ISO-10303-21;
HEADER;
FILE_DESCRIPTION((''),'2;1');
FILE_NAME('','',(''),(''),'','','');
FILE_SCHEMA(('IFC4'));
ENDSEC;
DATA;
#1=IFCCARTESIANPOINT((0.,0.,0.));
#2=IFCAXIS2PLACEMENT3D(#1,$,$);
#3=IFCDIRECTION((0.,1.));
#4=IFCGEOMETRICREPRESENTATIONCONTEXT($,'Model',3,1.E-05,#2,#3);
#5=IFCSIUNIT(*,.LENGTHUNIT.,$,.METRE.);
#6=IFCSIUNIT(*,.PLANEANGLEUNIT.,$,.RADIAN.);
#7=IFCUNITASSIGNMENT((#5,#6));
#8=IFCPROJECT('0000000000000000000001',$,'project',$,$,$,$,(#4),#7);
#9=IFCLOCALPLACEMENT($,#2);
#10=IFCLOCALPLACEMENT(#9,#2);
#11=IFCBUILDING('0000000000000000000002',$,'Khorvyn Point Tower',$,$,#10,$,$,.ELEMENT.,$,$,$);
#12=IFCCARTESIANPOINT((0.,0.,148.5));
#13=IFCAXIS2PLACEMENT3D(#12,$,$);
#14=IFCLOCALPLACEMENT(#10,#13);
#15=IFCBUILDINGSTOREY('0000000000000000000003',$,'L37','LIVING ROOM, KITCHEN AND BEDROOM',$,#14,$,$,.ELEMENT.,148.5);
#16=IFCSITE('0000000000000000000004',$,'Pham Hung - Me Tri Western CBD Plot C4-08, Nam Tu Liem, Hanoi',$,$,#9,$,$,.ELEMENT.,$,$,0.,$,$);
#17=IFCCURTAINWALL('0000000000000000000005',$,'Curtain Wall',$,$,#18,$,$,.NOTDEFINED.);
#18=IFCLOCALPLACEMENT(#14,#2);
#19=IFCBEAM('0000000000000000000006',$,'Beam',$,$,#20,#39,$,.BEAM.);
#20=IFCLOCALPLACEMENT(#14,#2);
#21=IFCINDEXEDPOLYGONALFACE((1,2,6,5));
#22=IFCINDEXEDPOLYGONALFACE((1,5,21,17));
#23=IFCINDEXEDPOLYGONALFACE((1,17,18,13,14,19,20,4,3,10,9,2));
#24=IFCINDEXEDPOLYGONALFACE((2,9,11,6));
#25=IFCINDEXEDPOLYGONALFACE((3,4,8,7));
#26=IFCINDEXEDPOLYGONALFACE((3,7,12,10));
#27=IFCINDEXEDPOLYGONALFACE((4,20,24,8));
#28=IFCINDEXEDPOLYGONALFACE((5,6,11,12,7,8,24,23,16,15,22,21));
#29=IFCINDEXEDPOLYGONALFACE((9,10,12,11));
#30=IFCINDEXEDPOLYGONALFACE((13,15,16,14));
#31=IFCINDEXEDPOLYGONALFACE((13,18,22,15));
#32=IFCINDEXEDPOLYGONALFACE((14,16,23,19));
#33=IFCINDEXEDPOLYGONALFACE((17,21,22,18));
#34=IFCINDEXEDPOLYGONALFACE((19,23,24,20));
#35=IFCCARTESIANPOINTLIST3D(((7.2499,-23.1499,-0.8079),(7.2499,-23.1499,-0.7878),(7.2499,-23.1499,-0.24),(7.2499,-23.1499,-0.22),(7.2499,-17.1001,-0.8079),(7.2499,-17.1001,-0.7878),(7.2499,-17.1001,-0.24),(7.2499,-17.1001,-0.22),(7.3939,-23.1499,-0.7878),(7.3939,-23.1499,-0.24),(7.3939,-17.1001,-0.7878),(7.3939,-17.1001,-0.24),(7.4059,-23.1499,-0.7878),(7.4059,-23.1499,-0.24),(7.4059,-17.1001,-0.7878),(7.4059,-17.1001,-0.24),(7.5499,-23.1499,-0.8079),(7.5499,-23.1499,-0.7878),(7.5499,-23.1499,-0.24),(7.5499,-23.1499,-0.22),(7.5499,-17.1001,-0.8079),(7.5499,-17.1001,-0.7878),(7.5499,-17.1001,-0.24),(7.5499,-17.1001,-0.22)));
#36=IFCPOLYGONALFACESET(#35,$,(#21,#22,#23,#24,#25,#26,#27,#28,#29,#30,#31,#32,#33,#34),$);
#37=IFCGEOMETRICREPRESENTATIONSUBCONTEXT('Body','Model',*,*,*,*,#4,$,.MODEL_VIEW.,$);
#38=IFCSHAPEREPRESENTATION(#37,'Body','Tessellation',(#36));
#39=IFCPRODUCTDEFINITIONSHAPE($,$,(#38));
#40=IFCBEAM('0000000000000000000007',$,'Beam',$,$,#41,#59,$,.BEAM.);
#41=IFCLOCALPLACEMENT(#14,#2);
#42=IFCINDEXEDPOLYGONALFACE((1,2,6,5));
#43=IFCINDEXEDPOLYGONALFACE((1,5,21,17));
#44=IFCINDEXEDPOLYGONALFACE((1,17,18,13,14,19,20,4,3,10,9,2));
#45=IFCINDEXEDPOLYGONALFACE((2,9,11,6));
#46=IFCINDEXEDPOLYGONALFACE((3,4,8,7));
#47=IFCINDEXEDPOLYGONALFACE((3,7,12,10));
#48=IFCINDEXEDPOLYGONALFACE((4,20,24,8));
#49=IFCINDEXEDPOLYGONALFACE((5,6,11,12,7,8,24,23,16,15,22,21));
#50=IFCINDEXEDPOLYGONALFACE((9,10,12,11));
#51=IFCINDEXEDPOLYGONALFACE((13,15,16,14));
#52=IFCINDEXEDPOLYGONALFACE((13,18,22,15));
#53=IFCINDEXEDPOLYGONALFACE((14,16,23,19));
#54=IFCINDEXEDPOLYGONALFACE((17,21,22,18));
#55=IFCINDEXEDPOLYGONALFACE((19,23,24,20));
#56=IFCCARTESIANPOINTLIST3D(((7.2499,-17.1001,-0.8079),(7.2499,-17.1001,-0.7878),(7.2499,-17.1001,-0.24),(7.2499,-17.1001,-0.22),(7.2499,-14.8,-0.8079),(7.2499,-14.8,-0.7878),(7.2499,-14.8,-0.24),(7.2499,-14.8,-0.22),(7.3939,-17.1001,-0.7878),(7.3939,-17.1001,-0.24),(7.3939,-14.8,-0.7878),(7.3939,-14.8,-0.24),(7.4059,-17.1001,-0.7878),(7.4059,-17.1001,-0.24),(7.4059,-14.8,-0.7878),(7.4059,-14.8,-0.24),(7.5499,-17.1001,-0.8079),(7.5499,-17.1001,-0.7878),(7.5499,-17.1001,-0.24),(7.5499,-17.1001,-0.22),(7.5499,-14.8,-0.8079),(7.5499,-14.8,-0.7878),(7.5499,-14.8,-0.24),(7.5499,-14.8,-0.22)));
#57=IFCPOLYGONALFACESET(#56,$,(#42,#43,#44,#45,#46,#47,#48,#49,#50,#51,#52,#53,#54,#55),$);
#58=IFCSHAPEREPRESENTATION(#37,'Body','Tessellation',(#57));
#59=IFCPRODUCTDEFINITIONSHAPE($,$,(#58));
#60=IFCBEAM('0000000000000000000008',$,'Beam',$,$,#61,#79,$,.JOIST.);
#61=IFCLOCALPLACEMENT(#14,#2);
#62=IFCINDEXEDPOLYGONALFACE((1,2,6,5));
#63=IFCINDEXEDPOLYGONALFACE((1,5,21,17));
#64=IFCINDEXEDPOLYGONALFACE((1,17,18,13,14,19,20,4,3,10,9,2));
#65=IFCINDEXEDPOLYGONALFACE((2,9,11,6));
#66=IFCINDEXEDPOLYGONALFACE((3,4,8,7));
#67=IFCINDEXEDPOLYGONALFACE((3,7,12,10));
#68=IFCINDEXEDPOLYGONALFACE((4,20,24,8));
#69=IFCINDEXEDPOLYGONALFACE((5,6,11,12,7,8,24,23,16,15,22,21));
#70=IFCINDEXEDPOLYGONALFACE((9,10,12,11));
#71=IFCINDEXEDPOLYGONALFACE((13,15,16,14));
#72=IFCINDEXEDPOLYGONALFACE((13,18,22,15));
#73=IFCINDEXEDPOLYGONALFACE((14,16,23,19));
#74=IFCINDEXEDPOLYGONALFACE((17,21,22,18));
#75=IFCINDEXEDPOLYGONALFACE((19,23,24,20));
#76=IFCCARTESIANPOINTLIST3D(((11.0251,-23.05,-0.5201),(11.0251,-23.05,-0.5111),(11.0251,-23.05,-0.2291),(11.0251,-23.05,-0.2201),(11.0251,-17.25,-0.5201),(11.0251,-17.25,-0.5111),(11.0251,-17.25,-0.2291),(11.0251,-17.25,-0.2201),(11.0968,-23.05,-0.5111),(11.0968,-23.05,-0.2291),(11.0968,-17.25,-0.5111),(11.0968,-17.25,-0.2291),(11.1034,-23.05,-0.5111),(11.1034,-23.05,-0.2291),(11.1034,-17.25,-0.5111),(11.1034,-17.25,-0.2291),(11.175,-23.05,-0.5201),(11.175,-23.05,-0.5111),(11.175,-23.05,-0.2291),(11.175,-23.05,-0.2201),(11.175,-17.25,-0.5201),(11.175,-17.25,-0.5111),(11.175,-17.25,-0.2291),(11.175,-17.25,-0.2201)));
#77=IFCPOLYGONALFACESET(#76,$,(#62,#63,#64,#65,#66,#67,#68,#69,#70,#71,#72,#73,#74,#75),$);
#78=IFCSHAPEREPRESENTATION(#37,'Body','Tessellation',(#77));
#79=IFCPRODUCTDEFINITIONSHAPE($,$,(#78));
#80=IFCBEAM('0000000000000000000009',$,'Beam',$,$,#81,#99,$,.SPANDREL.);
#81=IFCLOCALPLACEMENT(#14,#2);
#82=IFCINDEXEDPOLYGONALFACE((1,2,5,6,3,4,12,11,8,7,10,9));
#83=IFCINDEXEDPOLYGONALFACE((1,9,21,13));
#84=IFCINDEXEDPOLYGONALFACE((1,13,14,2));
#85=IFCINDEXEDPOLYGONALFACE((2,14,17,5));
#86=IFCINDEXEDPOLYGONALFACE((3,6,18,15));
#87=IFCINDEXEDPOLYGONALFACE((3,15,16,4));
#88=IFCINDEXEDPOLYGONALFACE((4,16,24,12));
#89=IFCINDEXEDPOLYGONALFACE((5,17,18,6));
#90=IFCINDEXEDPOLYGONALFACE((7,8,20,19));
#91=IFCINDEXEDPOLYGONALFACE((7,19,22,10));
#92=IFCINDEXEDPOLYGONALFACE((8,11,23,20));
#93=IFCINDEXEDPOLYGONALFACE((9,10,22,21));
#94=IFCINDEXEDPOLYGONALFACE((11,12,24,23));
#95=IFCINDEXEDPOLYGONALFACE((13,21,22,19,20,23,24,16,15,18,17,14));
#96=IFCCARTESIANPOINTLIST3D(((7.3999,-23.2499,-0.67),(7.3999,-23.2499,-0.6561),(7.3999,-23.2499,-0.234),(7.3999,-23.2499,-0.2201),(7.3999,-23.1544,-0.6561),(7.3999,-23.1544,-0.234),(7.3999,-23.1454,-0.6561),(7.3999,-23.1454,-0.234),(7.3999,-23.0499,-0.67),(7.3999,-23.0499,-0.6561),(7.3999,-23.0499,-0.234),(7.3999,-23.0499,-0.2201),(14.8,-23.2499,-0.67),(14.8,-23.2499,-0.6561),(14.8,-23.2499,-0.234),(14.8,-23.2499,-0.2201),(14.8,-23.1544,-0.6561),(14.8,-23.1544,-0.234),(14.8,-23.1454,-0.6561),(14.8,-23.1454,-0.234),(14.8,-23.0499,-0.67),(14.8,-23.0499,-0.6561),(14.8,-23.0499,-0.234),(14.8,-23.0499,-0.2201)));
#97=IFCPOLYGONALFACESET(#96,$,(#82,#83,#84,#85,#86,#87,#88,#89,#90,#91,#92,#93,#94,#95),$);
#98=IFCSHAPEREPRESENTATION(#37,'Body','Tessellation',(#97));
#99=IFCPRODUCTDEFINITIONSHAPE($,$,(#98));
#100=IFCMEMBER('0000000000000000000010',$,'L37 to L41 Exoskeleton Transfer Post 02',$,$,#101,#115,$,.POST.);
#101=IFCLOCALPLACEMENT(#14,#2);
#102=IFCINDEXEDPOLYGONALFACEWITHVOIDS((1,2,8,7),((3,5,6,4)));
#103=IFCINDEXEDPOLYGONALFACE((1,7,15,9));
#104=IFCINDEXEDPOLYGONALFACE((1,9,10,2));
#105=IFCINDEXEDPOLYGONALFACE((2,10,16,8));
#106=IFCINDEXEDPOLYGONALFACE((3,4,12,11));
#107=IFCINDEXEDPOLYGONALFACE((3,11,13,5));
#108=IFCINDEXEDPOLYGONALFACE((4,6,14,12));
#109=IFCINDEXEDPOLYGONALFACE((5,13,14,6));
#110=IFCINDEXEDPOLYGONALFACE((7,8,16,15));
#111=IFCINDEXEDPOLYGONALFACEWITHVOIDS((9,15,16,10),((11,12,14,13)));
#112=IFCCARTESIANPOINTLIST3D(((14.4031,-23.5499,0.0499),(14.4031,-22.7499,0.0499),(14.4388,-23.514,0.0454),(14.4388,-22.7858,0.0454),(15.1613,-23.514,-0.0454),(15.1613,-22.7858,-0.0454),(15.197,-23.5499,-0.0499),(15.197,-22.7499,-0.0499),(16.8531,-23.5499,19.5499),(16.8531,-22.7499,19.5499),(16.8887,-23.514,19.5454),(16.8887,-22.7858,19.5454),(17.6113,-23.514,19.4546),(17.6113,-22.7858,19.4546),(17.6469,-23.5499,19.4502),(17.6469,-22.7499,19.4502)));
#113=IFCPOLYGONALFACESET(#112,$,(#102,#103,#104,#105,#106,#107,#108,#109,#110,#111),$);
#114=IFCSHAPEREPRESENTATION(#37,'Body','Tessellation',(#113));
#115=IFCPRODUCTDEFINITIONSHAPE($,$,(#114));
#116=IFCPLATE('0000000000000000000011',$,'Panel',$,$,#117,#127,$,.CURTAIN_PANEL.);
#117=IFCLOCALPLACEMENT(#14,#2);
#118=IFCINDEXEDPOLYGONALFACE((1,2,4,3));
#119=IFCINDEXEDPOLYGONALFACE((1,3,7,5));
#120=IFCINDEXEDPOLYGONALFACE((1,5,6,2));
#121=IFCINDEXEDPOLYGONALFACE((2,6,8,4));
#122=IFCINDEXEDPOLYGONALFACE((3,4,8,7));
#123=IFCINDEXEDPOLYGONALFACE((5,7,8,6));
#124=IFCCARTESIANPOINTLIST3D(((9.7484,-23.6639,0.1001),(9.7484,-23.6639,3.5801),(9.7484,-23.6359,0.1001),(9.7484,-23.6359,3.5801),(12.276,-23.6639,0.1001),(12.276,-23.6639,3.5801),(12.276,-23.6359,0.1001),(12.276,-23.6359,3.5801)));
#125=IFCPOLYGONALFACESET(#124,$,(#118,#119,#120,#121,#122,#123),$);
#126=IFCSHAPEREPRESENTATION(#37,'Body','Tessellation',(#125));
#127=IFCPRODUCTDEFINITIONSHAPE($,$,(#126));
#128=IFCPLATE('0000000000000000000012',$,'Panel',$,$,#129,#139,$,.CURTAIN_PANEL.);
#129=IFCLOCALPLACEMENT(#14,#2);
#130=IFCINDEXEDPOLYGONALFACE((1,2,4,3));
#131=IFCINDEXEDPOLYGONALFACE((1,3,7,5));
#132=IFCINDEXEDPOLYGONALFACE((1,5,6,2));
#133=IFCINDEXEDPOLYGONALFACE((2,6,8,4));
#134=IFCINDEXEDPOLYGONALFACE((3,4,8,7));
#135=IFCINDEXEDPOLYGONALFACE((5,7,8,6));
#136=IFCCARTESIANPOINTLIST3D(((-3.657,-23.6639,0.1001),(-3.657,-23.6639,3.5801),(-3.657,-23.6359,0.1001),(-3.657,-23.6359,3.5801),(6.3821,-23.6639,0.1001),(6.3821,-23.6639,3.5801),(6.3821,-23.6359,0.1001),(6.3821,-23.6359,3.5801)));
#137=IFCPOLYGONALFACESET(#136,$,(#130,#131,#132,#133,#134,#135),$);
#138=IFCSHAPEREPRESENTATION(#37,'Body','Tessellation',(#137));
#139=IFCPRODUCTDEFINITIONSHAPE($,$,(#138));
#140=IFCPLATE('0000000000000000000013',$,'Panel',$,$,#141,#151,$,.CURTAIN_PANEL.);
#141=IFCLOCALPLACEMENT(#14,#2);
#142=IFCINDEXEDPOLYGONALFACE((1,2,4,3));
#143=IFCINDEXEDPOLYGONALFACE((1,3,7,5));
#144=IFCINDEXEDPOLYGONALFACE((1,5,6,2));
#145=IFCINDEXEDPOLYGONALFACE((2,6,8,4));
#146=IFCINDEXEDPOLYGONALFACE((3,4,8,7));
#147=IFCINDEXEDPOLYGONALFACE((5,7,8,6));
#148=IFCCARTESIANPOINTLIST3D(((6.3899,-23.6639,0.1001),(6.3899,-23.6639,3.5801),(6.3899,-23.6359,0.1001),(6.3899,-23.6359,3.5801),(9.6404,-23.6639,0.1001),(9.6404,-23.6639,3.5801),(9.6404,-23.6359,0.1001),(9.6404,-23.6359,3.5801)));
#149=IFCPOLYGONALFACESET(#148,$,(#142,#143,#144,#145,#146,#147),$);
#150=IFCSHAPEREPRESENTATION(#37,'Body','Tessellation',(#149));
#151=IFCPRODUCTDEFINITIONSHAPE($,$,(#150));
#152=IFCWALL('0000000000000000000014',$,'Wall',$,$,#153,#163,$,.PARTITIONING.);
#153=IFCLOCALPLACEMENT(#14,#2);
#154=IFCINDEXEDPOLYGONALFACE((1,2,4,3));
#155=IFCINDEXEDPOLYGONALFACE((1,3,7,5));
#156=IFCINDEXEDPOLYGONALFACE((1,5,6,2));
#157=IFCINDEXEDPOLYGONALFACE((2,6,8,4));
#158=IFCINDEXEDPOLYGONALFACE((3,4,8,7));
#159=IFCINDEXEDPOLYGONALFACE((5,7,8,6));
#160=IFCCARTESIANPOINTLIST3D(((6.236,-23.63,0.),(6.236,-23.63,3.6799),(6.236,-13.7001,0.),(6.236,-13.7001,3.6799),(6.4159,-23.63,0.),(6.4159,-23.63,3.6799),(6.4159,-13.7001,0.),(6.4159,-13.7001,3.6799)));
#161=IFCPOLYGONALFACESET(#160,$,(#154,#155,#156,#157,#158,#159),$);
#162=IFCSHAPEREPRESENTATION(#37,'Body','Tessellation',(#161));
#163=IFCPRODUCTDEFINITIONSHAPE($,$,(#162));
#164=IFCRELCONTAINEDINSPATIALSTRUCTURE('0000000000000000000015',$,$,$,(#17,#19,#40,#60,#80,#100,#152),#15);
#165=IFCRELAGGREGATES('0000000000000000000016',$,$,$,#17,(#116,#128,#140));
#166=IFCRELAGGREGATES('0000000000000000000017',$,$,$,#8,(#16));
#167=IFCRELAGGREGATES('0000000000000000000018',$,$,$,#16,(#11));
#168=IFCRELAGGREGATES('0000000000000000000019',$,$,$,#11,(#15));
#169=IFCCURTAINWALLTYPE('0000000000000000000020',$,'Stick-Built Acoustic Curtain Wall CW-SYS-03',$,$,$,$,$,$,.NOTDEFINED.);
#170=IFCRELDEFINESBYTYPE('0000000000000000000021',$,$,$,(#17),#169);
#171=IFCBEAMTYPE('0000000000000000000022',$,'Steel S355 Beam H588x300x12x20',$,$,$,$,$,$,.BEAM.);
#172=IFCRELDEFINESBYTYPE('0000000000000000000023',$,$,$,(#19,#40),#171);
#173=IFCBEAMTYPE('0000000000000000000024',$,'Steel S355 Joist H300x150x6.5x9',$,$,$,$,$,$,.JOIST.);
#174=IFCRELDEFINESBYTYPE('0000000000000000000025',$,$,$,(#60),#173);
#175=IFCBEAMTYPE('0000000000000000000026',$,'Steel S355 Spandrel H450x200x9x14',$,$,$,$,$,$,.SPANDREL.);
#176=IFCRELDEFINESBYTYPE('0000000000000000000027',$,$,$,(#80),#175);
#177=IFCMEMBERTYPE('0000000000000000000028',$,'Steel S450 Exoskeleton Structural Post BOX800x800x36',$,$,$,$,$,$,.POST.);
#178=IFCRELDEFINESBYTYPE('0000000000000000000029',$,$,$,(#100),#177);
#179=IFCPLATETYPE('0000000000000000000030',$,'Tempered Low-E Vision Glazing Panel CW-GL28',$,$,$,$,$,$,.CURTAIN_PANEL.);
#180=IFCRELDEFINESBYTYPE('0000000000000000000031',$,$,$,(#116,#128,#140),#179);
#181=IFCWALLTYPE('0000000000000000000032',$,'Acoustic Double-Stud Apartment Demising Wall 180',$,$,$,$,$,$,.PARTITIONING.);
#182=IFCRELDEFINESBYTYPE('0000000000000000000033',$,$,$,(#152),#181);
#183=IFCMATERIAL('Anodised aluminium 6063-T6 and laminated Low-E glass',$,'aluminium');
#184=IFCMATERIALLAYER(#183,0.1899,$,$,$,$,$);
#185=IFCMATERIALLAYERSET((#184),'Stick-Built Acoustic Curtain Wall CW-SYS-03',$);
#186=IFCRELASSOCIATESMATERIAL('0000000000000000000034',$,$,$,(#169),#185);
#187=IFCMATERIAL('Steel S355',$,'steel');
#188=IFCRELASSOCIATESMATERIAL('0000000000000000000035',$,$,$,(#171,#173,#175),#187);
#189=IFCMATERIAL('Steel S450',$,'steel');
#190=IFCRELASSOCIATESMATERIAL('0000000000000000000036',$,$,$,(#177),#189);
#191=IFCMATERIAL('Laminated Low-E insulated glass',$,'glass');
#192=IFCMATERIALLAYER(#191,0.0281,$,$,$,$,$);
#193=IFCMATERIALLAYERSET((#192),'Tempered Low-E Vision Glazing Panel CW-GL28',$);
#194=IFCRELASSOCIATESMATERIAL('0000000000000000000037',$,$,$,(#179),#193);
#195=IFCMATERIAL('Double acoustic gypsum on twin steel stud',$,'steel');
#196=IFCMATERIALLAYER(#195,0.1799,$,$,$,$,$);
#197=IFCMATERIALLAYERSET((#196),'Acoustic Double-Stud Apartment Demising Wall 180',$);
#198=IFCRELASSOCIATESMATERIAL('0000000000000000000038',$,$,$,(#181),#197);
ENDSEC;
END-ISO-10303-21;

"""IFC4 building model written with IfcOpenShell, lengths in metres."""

from ifc_helpers import new_model, si_unit, direction, frame, frame_2d, origin, origin_2d, place, context, subcontext, project, spatial, rectangle, hollow_rectangle, i_section, extrude, material, layer, layer_set, material_profile, profile_set, type_object, element, aggregate, save


model = new_model("IFC4")

# Units and contexts
model_context = context("Model", 3, precision=1e-05, world=origin(), true_north=direction((0.0, 1.0)))
body_context = subcontext(model_context, "Body", "Model", "MODEL_VIEW")
ifc_project = project(units=[si_unit("LENGTHUNIT", "METRE"), si_unit("PLANEANGLEUNIT", "RADIAN")], contexts=[model_context])

# Site, building, storey
site_placement = place(None, origin())
site = spatial("IfcSite", under=ifc_project, at=site_placement, Name="Pham Hung - Me Tri Western CBD Plot C4-08, Nam Tu Liem, Hanoi", CompositionType="ELEMENT", RefElevation=0.0)
building_placement = place(site_placement, origin())
building = spatial("IfcBuilding", under=site, at=building_placement, Name="Khorvyn Point Tower", CompositionType="ELEMENT")
storey_placement = place(building_placement, frame((0.0, 0.0, 148.5)))
storey = spatial("IfcBuildingStorey", under=building, at=storey_placement, Name="L37", Description="LIVING ROOM, KITCHEN AND BEDROOM", CompositionType="ELEMENT", Elevation=148.5)

# Shared definitions
ifc_material_1 = material(Name="Steel S450", Category="steel")

# Curtain wall
ifc_material_2 = material(Name="Anodised aluminium 6063-T6 and laminated Low-E glass", Category="aluminium")
ifc_layer_1 = layer(ifc_material_2, 0.1899)
ifc_layer_set_1 = layer_set([ifc_layer_1], Name="Stick-Built Acoustic Curtain Wall CW-SYS-03")
curtain_wall_type = type_object("IfcCurtainWallType", Name="Stick-Built Acoustic Curtain Wall CW-SYS-03", PredefinedType="NOTDEFINED", material=ifc_layer_set_1)
curtain_wall_placement = place(storey_placement, origin())
curtain_wall = element("IfcCurtainWall", 1, at=curtain_wall_placement, inside=storey, type_object=curtain_wall_type, Name="Curtain Wall", PredefinedType="NOTDEFINED")

# Beams
ifc_material_3 = material(Name="Steel S355", Category="steel")
ifc_material_profile_1 = material_profile(ifc_material_3, i_section(OverallWidth=0.3, OverallDepth=0.5879, WebThickness=0.012, FlangeThickness=0.02, at=origin_2d()))
ifc_profile_set_1 = profile_set([ifc_material_profile_1], Name="Steel S355 H588x300x12x20")
beam_type_1 = type_object("IfcBeamType", Name="Steel S355 Beam H588x300x12x20", PredefinedType="BEAM", material=ifc_profile_set_1)
beam_1_placement = place(storey_placement, frame((7.3999, -23.1499, -0.5139), z_axis=(0.0, 1.0, 0.0), x_axis=(-1.0, 0.0, 0.0)))
element("IfcBeam", 2, at=beam_1_placement, inside=storey, type_object=beam_type_1, Name="Beam", PredefinedType="BEAM", context=body_context, shape_type="SweptSolid", body=[
    extrude(i_section(OverallWidth=0.3, OverallDepth=0.5879, WebThickness=0.012, FlangeThickness=0.02, at=origin_2d()), origin(), (0.0, 0.0, 1.0), 6.0498),
])
beam_2_placement = place(storey_placement, frame((7.3999, -17.1001, -0.5139), z_axis=(0.0, 1.0, 0.0), x_axis=(-1.0, 0.0, 0.0)))
element("IfcBeam", 3, at=beam_2_placement, inside=storey, type_object=beam_type_1, Name="Beam", PredefinedType="BEAM", context=body_context, shape_type="SweptSolid", body=[
    extrude(i_section(OverallWidth=0.3, OverallDepth=0.5879, WebThickness=0.012, FlangeThickness=0.02, at=origin_2d()), origin(), (0.0, 0.0, 1.0), 2.3),
])
ifc_material_profile_2 = material_profile(ifc_material_3, i_section(OverallWidth=0.1499, OverallDepth=0.3, WebThickness=0.0066, FlangeThickness=0.009, at=origin_2d()))
ifc_profile_set_2 = profile_set([ifc_material_profile_2], Name="Steel S355 H300x150x6.5x9")
beam_type_2 = type_object("IfcBeamType", Name="Steel S355 Joist H300x150x6.5x9", PredefinedType="JOIST", material=ifc_profile_set_2)
beam_3_placement = place(storey_placement, frame((11.1001, -23.05, -0.3701), z_axis=(0.0, 1.0, 0.0), x_axis=(-1.0, 0.0, 0.0)))
element("IfcBeam", 4, at=beam_3_placement, inside=storey, type_object=beam_type_2, Name="Beam", PredefinedType="JOIST", context=body_context, shape_type="SweptSolid", body=[
    extrude(i_section(OverallWidth=0.1499, OverallDepth=0.3, WebThickness=0.0066, FlangeThickness=0.009, at=origin_2d()), origin(), (0.0, 0.0, 1.0), 5.8),
])
ifc_material_profile_3 = material_profile(ifc_material_3, i_section(OverallWidth=0.2, OverallDepth=0.45, WebThickness=0.009, FlangeThickness=0.0139, at=origin_2d()))
ifc_profile_set_3 = profile_set([ifc_material_profile_3], Name="Steel S355 H450x200x9x14")
beam_type_3 = type_object("IfcBeamType", Name="Steel S355 Spandrel H450x200x9x14", PredefinedType="SPANDREL", material=ifc_profile_set_3)
beam_4_placement = place(storey_placement, frame((7.3999, -23.1499, -0.4451), z_axis=(1.0, 0.0, 0.0), x_axis=(0.0, 1.0, 0.0)))
element("IfcBeam", 5, at=beam_4_placement, inside=storey, type_object=beam_type_3, Name="Beam", PredefinedType="SPANDREL", context=body_context, shape_type="SweptSolid", body=[
    extrude(i_section(OverallWidth=0.2, OverallDepth=0.45, WebThickness=0.009, FlangeThickness=0.0139, at=origin_2d()), origin(), (0.0, 0.0, 1.0), 7.4001),
])

# Member
ifc_material_profile_4 = material_profile(ifc_material_1, hollow_rectangle(XDim=0.8, YDim=0.8, WallThickness=0.0359, at=origin_2d()))
ifc_profile_set_4 = profile_set([ifc_material_profile_4], Name="Steel S450 BOX800x800x36")
member_type_1 = type_object("IfcMemberType", Name="Steel S450 Exoskeleton Structural Post BOX800x800x36", PredefinedType="POST", material=ifc_profile_set_4)
member_1_placement = place(storey_placement, frame((14.8, -23.1499, 0.0), z_axis=(0.124659, 0.0, 0.9922), x_axis=(0.0, 1.0, 0.0)))
element("IfcMember", 6, at=member_1_placement, inside=storey, type_object=member_type_1, Name="L37 to L41 Exoskeleton Transfer Post 02", PredefinedType="POST", context=body_context, shape_type="SweptSolid", body=[
    extrude(hollow_rectangle(XDim=0.8, YDim=0.8, WallThickness=0.0359, at=origin_2d()), origin(), (0.0, 0.0, 1.0), 19.6533),
])

# Plates
ifc_material_4 = material(Name="Laminated Low-E insulated glass", Category="glass")
ifc_layer_2 = layer(ifc_material_4, 0.0281)
ifc_layer_set_2 = layer_set([ifc_layer_2], Name="Tempered Low-E Vision Glazing Panel CW-GL28")
plate_type = type_object("IfcPlateType", Name="Tempered Low-E Vision Glazing Panel CW-GL28", PredefinedType="CURTAIN_PANEL", material=ifc_layer_set_2)
plate_1_placement = place(storey_placement, frame((11.0122, -23.6499, 0.1001), z_axis=(0.0, 0.0, 1.0), x_axis=(-1.0, 0.0, 0.0)))
plate_1 = element("IfcPlate", 7, at=plate_1_placement, type_object=plate_type, Name="Panel", PredefinedType="CURTAIN_PANEL", context=body_context, shape_type="SweptSolid", body=[
    extrude(rectangle(XDim=2.5276, YDim=0.0281, at=origin_2d()), origin(), (0.0, 0.0, 1.0), 3.48),
])
plate_2_placement = place(storey_placement, frame((1.3625, -23.6499, 0.1001), z_axis=(0.0, 0.0, 1.0), x_axis=(-1.0, 0.0, 0.0)))
plate_2 = element("IfcPlate", 8, at=plate_2_placement, type_object=plate_type, Name="Panel", PredefinedType="CURTAIN_PANEL", context=body_context, shape_type="SweptSolid", body=[
    extrude(rectangle(XDim=10.0391, YDim=0.0281, at=origin_2d()), origin(), (0.0, 0.0, 1.0), 3.48),
])
plate_3_placement = place(storey_placement, frame((8.0151, -23.6499, 0.1001), z_axis=(0.0, 0.0, 1.0), x_axis=(-1.0, 0.0, 0.0)))
plate_3 = element("IfcPlate", 9, at=plate_3_placement, type_object=plate_type, Name="Panel", PredefinedType="CURTAIN_PANEL", context=body_context, shape_type="SweptSolid", body=[
    extrude(rectangle(XDim=3.2505, YDim=0.0281, at=origin_2d()), origin(), (0.0, 0.0, 1.0), 3.48),
])
aggregate(curtain_wall, [plate_1, plate_2, plate_3])

# Wall
ifc_material_5 = material(Name="Double acoustic gypsum on twin steel stud", Category="steel")
ifc_layer_3 = layer(ifc_material_5, 0.1799)
ifc_layer_set_3 = layer_set([ifc_layer_3], Name="Acoustic Double-Stud Apartment Demising Wall 180")
wall_type_1 = type_object("IfcWallType", Name="Acoustic Double-Stud Apartment Demising Wall 180", PredefinedType="PARTITIONING", material=ifc_layer_set_3)
wall_1_placement = place(storey_placement, frame((6.3259, -23.6299, 0.0), z_axis=(0.0, 0.0, 1.0), x_axis=(0.0, 1.0, 0.0)))
element("IfcWall", 10, at=wall_1_placement, inside=storey, type_object=wall_type_1, Name="Wall", PredefinedType="PARTITIONING", context=body_context, shape_type="SweptSolid", body=[
    extrude(rectangle(XDim=9.9299, YDim=0.1799, at=frame_2d((4.9648, 0.0))), origin(), (0.0, 0.0, 1.0), 3.6799),
])

save(model, "model.ifc")
